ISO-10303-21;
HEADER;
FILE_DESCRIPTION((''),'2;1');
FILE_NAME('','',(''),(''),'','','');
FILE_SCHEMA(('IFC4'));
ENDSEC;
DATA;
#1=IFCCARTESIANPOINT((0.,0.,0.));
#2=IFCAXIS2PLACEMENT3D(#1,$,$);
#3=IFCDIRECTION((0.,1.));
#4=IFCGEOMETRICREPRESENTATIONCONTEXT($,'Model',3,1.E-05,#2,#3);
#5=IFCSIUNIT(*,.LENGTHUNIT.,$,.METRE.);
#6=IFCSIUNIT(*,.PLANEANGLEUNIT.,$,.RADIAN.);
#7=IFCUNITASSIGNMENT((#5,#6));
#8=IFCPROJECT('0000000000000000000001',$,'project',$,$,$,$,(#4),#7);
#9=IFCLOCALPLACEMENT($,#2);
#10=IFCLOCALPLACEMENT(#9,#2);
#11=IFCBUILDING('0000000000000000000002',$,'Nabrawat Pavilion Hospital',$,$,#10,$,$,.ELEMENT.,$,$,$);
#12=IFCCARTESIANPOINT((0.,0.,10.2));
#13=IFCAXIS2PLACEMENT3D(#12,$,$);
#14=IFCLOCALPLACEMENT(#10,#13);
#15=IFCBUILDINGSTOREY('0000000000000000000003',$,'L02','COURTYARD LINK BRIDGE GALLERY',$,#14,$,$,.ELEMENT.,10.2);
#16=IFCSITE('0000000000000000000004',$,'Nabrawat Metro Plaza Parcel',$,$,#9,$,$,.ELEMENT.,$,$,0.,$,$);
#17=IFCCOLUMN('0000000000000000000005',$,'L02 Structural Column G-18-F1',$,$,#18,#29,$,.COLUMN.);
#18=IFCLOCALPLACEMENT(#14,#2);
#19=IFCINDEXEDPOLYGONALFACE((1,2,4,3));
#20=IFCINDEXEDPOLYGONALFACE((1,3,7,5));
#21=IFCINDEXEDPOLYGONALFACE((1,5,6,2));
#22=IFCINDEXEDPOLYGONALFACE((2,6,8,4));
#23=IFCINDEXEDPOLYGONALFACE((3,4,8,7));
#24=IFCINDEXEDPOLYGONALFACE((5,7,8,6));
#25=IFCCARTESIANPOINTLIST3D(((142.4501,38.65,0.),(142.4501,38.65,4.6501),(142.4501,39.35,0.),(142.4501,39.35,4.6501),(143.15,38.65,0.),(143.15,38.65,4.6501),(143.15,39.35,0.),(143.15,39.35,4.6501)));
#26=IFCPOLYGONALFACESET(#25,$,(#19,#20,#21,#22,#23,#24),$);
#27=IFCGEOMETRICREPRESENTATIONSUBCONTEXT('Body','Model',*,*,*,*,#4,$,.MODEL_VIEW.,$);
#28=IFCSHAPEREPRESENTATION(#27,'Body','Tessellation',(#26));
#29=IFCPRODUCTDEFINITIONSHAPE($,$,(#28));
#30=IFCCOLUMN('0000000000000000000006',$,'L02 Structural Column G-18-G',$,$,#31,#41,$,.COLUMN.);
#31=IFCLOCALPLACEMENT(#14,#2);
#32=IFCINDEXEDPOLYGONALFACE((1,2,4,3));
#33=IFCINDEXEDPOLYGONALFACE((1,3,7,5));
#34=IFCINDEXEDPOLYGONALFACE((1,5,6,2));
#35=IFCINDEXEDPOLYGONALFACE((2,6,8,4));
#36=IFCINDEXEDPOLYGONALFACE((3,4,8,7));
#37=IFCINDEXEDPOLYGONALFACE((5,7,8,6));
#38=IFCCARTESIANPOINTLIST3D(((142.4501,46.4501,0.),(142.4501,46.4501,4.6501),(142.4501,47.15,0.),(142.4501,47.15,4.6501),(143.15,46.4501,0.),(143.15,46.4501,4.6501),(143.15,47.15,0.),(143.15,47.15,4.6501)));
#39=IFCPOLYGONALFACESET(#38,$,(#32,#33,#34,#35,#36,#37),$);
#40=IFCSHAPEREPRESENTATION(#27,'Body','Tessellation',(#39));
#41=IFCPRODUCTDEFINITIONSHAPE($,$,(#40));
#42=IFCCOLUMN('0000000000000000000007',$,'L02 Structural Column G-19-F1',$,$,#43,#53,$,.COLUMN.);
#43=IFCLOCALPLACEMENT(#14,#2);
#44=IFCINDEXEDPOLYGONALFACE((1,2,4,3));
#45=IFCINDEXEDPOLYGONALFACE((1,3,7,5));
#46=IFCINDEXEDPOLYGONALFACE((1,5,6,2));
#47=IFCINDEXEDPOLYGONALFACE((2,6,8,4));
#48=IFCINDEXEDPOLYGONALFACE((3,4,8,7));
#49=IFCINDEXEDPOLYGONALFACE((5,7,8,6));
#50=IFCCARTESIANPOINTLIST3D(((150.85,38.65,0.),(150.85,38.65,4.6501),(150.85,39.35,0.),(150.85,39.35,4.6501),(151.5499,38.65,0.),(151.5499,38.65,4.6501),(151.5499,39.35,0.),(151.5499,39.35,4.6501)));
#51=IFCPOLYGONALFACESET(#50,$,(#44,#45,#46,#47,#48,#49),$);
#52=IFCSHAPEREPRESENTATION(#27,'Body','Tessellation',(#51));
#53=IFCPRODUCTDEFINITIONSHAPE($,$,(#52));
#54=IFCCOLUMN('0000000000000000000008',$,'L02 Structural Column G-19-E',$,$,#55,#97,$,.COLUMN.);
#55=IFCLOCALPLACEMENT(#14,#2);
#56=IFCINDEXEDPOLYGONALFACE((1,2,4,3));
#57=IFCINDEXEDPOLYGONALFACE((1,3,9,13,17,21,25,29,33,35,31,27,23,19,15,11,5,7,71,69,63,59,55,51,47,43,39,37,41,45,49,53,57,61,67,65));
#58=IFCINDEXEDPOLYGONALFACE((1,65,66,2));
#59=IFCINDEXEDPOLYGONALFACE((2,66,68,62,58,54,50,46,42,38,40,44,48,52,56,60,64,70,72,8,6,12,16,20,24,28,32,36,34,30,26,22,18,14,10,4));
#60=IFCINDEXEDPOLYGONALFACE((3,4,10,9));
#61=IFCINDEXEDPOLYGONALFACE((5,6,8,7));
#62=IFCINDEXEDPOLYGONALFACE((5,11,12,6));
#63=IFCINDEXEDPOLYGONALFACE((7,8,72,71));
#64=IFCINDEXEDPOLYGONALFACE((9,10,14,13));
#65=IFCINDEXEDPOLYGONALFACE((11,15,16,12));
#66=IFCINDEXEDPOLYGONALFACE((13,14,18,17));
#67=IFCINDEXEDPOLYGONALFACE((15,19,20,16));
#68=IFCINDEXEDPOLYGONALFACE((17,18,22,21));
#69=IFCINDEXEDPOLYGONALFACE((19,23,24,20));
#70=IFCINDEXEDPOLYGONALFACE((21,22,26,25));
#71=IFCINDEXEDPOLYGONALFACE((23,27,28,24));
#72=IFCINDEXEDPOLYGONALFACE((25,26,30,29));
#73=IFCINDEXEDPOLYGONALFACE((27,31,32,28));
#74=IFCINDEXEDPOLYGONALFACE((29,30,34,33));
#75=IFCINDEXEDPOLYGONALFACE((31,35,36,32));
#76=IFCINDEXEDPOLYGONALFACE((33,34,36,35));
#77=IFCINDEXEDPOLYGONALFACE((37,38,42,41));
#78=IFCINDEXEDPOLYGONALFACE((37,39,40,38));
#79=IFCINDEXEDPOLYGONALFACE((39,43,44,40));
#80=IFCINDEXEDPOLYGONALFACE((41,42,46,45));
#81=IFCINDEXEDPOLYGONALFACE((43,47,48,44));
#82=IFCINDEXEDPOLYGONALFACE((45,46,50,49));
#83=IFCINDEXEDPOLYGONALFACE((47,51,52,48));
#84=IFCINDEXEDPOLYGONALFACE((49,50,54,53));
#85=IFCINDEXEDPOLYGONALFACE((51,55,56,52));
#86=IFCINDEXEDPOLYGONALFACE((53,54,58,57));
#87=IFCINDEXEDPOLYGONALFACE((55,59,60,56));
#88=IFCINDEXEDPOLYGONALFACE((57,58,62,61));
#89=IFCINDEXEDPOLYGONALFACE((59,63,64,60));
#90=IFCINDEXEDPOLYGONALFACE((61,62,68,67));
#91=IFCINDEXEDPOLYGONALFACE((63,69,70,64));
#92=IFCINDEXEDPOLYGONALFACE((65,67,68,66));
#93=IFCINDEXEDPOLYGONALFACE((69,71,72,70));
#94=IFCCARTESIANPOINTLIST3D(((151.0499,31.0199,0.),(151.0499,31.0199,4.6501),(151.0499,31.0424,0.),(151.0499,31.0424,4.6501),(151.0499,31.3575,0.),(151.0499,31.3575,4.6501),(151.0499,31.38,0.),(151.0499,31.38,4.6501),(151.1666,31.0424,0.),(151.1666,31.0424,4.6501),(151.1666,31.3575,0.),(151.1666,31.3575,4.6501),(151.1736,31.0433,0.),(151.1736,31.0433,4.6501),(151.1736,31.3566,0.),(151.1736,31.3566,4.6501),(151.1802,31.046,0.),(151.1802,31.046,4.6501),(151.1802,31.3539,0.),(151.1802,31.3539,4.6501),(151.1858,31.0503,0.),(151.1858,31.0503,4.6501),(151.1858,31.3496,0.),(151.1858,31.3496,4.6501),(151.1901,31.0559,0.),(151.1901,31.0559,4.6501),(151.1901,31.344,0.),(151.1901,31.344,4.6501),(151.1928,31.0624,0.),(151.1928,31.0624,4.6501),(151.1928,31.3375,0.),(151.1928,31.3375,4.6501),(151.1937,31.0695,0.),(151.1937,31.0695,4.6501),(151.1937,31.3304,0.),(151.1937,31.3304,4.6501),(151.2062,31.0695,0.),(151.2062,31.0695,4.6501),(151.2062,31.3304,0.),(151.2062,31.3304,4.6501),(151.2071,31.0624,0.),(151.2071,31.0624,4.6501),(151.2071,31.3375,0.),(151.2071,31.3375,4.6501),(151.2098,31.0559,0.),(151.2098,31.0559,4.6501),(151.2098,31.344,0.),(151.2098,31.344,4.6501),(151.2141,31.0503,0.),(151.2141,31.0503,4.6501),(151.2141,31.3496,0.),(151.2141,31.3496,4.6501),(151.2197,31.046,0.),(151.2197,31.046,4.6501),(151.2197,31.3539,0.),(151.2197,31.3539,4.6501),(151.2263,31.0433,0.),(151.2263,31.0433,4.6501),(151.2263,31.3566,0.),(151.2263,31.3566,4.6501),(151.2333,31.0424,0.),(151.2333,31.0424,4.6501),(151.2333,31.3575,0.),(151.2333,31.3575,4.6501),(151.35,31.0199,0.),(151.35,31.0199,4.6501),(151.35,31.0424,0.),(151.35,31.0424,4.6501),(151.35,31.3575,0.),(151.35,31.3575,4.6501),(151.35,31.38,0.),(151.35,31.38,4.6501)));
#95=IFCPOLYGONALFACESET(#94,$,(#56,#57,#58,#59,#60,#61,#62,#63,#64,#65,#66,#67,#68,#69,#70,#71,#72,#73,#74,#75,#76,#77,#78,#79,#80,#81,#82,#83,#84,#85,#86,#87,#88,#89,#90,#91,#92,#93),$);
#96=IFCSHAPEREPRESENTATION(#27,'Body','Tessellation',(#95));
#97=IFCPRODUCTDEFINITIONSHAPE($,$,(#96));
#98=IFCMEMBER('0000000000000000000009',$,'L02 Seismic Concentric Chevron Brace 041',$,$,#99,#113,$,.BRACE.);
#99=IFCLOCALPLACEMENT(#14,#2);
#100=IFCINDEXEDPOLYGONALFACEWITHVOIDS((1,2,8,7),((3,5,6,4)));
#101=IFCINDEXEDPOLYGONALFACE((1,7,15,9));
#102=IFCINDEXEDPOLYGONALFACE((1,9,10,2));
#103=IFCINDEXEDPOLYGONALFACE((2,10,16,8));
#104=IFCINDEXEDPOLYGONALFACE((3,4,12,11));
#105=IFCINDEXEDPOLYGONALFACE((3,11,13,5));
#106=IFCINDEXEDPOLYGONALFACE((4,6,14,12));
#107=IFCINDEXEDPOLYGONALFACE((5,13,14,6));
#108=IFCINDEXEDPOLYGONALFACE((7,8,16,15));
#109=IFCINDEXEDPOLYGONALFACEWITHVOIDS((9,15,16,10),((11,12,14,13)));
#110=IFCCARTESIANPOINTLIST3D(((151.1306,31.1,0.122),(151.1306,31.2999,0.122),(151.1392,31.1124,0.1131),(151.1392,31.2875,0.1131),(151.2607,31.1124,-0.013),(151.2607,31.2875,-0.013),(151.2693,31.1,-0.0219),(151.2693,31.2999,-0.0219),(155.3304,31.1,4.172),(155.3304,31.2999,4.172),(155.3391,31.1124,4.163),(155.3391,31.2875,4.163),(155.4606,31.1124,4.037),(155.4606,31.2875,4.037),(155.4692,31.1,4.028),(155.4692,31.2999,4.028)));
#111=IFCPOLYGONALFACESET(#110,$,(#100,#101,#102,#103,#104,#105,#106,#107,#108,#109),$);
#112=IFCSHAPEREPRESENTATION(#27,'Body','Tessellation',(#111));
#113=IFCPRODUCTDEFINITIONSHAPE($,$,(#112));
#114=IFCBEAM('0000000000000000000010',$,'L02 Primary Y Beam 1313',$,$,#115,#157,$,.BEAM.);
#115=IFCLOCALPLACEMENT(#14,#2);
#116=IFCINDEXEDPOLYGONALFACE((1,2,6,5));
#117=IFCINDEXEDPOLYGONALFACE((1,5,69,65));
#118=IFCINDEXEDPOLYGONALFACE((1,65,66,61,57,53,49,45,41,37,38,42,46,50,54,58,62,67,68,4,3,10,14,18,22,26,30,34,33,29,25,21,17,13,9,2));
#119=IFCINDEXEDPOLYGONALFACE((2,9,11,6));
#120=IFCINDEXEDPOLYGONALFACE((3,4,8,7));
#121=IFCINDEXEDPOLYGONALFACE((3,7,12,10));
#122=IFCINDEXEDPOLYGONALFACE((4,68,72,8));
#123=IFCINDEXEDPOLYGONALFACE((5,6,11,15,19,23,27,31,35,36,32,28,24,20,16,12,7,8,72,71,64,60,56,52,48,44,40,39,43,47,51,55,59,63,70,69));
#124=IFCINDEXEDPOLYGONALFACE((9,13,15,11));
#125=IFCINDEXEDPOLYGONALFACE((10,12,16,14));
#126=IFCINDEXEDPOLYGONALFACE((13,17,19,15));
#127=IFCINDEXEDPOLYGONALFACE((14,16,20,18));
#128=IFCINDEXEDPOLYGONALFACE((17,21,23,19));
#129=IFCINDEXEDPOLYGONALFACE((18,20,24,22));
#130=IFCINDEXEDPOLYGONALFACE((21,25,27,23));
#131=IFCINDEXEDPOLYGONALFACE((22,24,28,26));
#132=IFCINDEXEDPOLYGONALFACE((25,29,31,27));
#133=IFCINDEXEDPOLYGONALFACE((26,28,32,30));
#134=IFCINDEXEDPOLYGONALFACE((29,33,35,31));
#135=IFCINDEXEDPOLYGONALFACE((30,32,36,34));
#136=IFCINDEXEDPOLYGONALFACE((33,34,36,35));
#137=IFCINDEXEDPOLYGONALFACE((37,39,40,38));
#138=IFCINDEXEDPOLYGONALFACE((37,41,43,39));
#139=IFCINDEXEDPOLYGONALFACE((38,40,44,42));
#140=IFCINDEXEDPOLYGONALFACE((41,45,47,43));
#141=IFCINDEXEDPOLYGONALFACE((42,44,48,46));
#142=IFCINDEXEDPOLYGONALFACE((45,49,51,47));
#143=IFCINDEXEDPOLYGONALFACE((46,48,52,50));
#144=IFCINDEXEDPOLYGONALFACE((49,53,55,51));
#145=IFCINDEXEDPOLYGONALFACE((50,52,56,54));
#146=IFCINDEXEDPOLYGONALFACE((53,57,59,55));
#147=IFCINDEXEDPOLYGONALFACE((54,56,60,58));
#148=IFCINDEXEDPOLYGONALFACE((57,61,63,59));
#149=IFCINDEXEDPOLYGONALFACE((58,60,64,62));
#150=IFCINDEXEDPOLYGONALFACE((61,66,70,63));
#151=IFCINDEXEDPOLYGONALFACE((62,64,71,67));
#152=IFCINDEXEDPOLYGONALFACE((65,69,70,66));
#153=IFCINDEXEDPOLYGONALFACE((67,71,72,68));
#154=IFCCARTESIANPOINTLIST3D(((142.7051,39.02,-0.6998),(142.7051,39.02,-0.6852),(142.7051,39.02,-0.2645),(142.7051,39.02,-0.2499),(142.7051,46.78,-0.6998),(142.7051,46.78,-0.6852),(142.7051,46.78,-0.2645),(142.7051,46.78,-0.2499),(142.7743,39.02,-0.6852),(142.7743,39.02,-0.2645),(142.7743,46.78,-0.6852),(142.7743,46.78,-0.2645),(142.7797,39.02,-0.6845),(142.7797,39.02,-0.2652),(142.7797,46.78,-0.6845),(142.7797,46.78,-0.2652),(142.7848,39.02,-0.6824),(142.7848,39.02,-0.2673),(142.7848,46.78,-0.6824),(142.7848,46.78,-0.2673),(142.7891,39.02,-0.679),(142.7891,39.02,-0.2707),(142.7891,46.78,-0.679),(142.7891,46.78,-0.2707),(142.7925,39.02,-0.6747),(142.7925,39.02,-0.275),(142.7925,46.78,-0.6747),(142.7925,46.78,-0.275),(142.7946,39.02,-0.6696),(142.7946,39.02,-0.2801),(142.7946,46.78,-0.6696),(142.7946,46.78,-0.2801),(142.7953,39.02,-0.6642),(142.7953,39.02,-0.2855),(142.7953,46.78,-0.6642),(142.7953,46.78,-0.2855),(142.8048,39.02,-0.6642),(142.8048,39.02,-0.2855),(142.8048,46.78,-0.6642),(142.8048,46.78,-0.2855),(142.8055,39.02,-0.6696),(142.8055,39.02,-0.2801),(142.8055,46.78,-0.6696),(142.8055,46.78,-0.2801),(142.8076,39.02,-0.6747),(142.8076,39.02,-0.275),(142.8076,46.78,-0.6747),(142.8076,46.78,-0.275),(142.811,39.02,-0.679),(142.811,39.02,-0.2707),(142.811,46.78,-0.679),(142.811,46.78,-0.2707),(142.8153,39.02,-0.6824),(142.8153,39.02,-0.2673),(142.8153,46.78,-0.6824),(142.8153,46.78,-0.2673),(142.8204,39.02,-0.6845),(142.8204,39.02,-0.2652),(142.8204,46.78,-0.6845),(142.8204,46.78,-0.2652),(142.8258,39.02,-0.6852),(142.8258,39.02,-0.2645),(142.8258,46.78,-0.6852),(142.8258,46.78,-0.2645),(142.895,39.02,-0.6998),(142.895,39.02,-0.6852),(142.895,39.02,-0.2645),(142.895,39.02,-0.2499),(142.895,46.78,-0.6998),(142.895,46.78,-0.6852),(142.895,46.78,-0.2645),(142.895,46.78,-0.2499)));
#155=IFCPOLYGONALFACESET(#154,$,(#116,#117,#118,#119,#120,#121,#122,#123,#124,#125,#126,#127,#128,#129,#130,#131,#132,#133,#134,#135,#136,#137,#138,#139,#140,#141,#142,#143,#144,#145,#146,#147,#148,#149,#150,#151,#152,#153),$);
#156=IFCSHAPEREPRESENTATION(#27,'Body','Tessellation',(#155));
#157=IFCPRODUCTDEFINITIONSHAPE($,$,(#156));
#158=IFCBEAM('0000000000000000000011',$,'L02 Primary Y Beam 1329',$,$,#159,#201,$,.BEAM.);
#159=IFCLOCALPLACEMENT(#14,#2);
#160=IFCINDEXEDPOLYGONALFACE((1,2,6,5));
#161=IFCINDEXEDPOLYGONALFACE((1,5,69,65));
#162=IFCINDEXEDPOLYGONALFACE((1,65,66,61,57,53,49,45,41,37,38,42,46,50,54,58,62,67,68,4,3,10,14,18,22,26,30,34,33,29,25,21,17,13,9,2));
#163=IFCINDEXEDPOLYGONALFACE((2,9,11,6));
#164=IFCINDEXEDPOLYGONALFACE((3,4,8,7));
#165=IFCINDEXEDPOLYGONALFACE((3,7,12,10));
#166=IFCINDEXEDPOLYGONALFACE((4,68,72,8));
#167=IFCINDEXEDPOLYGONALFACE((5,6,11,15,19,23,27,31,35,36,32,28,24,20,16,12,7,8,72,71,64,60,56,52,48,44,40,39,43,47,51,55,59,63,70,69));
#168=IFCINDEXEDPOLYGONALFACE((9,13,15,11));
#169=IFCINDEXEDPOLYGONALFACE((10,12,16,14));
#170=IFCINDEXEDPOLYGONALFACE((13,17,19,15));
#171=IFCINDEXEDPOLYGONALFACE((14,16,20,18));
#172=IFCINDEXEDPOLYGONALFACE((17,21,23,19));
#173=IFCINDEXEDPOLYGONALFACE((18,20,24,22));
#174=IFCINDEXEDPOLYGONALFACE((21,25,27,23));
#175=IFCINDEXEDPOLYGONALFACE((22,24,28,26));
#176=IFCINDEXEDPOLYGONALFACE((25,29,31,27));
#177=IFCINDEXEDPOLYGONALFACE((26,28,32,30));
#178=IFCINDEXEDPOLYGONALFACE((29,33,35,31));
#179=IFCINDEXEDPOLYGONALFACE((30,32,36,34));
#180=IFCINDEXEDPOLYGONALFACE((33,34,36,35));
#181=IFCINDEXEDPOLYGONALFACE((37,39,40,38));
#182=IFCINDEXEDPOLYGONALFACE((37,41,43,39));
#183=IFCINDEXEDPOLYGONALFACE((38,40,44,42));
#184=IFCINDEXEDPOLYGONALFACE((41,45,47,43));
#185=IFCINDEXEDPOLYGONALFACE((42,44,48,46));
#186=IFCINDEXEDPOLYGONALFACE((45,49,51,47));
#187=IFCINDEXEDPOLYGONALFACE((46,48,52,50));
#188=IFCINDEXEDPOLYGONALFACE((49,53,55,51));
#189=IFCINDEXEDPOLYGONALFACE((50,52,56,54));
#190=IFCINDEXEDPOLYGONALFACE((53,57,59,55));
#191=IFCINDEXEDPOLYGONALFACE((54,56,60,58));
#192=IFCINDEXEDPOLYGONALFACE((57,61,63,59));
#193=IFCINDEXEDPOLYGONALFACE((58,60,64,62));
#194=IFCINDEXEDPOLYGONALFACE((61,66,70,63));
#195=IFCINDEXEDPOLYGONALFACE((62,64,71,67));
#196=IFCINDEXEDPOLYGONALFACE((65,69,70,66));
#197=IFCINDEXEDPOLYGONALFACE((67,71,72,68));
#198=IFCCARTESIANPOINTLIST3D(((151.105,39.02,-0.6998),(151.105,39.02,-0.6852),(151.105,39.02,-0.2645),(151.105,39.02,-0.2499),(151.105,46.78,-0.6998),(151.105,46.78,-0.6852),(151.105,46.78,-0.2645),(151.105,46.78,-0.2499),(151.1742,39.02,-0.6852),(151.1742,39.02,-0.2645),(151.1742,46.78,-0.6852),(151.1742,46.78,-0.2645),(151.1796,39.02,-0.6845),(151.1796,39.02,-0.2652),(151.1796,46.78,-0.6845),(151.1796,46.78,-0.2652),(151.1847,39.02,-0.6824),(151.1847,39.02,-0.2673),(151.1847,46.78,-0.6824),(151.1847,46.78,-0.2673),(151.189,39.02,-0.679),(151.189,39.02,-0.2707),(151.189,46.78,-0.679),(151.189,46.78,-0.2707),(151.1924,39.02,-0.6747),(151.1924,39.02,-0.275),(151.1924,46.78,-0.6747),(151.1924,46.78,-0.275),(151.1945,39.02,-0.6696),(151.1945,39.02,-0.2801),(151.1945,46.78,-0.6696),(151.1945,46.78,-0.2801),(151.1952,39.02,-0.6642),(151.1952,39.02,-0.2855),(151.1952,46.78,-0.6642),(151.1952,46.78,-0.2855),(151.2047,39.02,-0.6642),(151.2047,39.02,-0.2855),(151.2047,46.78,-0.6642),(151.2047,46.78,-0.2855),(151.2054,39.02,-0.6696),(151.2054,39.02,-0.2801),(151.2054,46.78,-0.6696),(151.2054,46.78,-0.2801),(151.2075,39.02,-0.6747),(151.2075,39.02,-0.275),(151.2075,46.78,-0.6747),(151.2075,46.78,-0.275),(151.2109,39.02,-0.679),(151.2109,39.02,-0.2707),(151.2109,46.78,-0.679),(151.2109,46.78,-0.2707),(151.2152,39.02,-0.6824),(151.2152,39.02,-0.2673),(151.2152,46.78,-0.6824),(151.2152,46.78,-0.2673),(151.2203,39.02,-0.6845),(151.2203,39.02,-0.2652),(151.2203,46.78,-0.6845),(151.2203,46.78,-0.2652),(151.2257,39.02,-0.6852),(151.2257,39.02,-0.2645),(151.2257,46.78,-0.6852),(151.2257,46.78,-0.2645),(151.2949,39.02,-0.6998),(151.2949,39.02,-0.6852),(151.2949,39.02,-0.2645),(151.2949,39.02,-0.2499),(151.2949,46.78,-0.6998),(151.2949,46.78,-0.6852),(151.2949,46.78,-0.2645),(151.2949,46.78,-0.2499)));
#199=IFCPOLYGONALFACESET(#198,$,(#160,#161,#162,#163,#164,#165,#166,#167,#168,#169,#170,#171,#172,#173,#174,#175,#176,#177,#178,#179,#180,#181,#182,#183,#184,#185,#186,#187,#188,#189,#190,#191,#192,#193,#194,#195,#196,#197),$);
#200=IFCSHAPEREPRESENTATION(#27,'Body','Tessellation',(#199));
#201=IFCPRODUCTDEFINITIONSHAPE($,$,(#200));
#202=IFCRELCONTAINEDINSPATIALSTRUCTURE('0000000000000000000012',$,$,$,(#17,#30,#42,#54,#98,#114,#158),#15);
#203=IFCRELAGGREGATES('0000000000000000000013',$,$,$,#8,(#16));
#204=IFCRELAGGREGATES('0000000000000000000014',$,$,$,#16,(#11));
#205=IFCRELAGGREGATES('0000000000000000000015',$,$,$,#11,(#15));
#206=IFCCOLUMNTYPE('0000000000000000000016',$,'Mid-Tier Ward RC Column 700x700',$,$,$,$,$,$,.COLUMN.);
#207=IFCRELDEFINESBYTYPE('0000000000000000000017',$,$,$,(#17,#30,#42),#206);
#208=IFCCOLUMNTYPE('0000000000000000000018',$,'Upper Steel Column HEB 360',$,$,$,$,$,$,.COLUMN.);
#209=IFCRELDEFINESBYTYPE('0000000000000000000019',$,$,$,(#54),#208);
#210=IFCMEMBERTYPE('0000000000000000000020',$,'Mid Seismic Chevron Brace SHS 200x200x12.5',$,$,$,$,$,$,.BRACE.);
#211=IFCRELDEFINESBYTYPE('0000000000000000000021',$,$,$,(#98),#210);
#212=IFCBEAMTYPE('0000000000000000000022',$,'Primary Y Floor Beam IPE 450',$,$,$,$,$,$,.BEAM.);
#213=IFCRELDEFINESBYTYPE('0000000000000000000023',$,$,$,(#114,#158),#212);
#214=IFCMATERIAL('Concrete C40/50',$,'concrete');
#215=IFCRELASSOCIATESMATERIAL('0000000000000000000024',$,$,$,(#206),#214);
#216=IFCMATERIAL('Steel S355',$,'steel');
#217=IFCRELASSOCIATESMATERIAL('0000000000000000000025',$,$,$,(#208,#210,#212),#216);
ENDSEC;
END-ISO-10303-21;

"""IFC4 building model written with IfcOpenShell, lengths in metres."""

from ifc_helpers import new_model, si_unit, direction, frame, origin, origin_2d, place, context, subcontext, project, spatial, rectangle, hollow_rectangle, i_section, extrude, material, material_profile, profile_set, type_object, element, save


model = new_model("IFC4")

# Units and contexts
model_context = context("Model", 3, precision=1e-05, world=origin(), true_north=direction((0.0, 1.0)))
body_context = subcontext(model_context, "Body", "Model", "MODEL_VIEW")
ifc_project = project(units=[si_unit("LENGTHUNIT", "METRE"), si_unit("PLANEANGLEUNIT", "RADIAN")], contexts=[model_context])

# Site, building, storey
site_placement = place(None, origin())
site = spatial("IfcSite", under=ifc_project, at=site_placement, Name="Nabrawat Metro Plaza Parcel", CompositionType="ELEMENT", RefElevation=0.0)
building_placement = place(site_placement, origin())
building = spatial("IfcBuilding", under=site, at=building_placement, Name="Nabrawat Pavilion Hospital", CompositionType="ELEMENT")
storey_placement = place(building_placement, frame((0.0, 0.0, 10.2)))
storey = spatial("IfcBuildingStorey", under=building, at=storey_placement, Name="L02", Description="COURTYARD LINK BRIDGE GALLERY", CompositionType="ELEMENT", Elevation=10.2)

# Columns
ifc_material_1 = material(Name="Concrete C40/50", Category="concrete")
ifc_material_profile_1 = material_profile(ifc_material_1, rectangle(XDim=0.7, YDim=0.7, at=origin_2d()), Name="RC 700x700")
ifc_profile_set_1 = profile_set([ifc_material_profile_1], Name="Concrete C40/50")
column_type_1 = type_object("IfcColumnType", Name="Mid-Tier Ward RC Column 700x700", PredefinedType="COLUMN", material=ifc_profile_set_1)
for number, where, z_axis, x_axis, name in (
    (1, (142.8, 39.0, 0.0), (0.0, 0.0, 1.0), (1.0, 0.0, 0.0), "L02 Structural Column G-18-F1"),
    (2, (142.8, 46.8, 0.0), (0.0, 0.0, 1.0), (1.0, 0.0, 0.0), "L02 Structural Column G-18-G"),
    (3, (151.2, 39.0, 0.0), (0.0, 0.0, 1.0), (1.0, 0.0, 0.0), "L02 Structural Column G-19-F1"),
):
    element("IfcColumn", number, at=place(storey_placement, frame(where, z_axis=z_axis, x_axis=x_axis)), inside=storey, type_object=column_type_1, Name=name, PredefinedType="COLUMN", context=body_context, shape_type="SweptSolid", body=[
        extrude(rectangle(XDim=0.7, YDim=0.7, at=origin_2d()), origin(), (0.0, 0.0, 1.0), 4.6501),
    ])
ifc_material_2 = material(Name="Steel S355", Category="steel")
ifc_material_profile_2 = material_profile(ifc_material_2, i_section(OverallWidth=0.3, OverallDepth=0.3601, WebThickness=0.0125, FlangeThickness=0.0225, FilletRadius=0.0271, at=origin_2d()), Name="HEB 360")
ifc_profile_set_2 = profile_set([ifc_material_profile_2], Name="Steel S355")
column_type_2 = type_object("IfcColumnType", Name="Upper Steel Column HEB 360", PredefinedType="COLUMN", material=ifc_profile_set_2)
column_placement = place(storey_placement, frame((151.2, 31.2, 0.0), z_axis=(0.0, 0.0, 1.0), x_axis=(1.0, 0.0, 0.0)))
element("IfcColumn", 4, at=column_placement, inside=storey, type_object=column_type_2, Name="L02 Structural Column G-19-E", PredefinedType="COLUMN", context=body_context, shape_type="SweptSolid", body=[
    extrude(i_section(OverallWidth=0.3, OverallDepth=0.3601, WebThickness=0.0125, FlangeThickness=0.0225, FilletRadius=0.0271, at=origin_2d()), origin(), (0.0, 0.0, 1.0), 4.6501),
])

# Member
ifc_material_profile_3 = material_profile(ifc_material_2, hollow_rectangle(XDim=0.2, YDim=0.2, WallThickness=0.0125, at=origin_2d()), Name="SHS 200x200x12.5")
ifc_profile_set_3 = profile_set([ifc_material_profile_3], Name="Steel S355")
member_type = type_object("IfcMemberType", Name="Mid Seismic Chevron Brace SHS 200x200x12.5", PredefinedType="BRACE", material=ifc_profile_set_3)
member_placement = place(storey_placement, frame((151.2, 31.2, 0.05), z_axis=(0.719836, 0.0, 0.694144), x_axis=(0.0, 1.0, 0.0)))
element("IfcMember", 5, at=member_placement, inside=storey, type_object=member_type, Name="L02 Seismic Concentric Chevron Brace 041", PredefinedType="BRACE", context=body_context, shape_type="SweptSolid", body=[
    extrude(hollow_rectangle(XDim=0.2, YDim=0.2, WallThickness=0.0125, at=origin_2d()), origin(), (0.0, 0.0, 1.0), 5.8345),
])

# Beams
ifc_material_profile_4 = material_profile(ifc_material_2, i_section(OverallWidth=0.1899, OverallDepth=0.45, WebThickness=0.0095, FlangeThickness=0.0146, FilletRadius=0.021, at=origin_2d()), Name="IPE 450")
ifc_profile_set_4 = profile_set([ifc_material_profile_4], Name="Steel S355")
beam_type_1 = type_object("IfcBeamType", Name="Primary Y Floor Beam IPE 450", PredefinedType="BEAM", material=ifc_profile_set_4)
for number, where, z_axis, x_axis, name in (
    (6, (142.8, 39.02, -0.4749), (0.0, 1.0, 0.0), (-1.0, 0.0, 0.0), "L02 Primary Y Beam 1313"),
    (7, (151.2, 39.02, -0.4749), (0.0, 1.0, 0.0), (-1.0, 0.0, 0.0), "L02 Primary Y Beam 1329"),
):
    element("IfcBeam", number, at=place(storey_placement, frame(where, z_axis=z_axis, x_axis=x_axis)), inside=storey, type_object=beam_type_1, Name=name, PredefinedType="BEAM", context=body_context, shape_type="SweptSolid", body=[
        extrude(i_section(OverallWidth=0.1899, OverallDepth=0.45, WebThickness=0.0095, FlangeThickness=0.0146, FilletRadius=0.021, at=origin_2d()), origin(), (0.0, 0.0, 1.0), 7.76),
    ])

save(model, "model.ifc")
